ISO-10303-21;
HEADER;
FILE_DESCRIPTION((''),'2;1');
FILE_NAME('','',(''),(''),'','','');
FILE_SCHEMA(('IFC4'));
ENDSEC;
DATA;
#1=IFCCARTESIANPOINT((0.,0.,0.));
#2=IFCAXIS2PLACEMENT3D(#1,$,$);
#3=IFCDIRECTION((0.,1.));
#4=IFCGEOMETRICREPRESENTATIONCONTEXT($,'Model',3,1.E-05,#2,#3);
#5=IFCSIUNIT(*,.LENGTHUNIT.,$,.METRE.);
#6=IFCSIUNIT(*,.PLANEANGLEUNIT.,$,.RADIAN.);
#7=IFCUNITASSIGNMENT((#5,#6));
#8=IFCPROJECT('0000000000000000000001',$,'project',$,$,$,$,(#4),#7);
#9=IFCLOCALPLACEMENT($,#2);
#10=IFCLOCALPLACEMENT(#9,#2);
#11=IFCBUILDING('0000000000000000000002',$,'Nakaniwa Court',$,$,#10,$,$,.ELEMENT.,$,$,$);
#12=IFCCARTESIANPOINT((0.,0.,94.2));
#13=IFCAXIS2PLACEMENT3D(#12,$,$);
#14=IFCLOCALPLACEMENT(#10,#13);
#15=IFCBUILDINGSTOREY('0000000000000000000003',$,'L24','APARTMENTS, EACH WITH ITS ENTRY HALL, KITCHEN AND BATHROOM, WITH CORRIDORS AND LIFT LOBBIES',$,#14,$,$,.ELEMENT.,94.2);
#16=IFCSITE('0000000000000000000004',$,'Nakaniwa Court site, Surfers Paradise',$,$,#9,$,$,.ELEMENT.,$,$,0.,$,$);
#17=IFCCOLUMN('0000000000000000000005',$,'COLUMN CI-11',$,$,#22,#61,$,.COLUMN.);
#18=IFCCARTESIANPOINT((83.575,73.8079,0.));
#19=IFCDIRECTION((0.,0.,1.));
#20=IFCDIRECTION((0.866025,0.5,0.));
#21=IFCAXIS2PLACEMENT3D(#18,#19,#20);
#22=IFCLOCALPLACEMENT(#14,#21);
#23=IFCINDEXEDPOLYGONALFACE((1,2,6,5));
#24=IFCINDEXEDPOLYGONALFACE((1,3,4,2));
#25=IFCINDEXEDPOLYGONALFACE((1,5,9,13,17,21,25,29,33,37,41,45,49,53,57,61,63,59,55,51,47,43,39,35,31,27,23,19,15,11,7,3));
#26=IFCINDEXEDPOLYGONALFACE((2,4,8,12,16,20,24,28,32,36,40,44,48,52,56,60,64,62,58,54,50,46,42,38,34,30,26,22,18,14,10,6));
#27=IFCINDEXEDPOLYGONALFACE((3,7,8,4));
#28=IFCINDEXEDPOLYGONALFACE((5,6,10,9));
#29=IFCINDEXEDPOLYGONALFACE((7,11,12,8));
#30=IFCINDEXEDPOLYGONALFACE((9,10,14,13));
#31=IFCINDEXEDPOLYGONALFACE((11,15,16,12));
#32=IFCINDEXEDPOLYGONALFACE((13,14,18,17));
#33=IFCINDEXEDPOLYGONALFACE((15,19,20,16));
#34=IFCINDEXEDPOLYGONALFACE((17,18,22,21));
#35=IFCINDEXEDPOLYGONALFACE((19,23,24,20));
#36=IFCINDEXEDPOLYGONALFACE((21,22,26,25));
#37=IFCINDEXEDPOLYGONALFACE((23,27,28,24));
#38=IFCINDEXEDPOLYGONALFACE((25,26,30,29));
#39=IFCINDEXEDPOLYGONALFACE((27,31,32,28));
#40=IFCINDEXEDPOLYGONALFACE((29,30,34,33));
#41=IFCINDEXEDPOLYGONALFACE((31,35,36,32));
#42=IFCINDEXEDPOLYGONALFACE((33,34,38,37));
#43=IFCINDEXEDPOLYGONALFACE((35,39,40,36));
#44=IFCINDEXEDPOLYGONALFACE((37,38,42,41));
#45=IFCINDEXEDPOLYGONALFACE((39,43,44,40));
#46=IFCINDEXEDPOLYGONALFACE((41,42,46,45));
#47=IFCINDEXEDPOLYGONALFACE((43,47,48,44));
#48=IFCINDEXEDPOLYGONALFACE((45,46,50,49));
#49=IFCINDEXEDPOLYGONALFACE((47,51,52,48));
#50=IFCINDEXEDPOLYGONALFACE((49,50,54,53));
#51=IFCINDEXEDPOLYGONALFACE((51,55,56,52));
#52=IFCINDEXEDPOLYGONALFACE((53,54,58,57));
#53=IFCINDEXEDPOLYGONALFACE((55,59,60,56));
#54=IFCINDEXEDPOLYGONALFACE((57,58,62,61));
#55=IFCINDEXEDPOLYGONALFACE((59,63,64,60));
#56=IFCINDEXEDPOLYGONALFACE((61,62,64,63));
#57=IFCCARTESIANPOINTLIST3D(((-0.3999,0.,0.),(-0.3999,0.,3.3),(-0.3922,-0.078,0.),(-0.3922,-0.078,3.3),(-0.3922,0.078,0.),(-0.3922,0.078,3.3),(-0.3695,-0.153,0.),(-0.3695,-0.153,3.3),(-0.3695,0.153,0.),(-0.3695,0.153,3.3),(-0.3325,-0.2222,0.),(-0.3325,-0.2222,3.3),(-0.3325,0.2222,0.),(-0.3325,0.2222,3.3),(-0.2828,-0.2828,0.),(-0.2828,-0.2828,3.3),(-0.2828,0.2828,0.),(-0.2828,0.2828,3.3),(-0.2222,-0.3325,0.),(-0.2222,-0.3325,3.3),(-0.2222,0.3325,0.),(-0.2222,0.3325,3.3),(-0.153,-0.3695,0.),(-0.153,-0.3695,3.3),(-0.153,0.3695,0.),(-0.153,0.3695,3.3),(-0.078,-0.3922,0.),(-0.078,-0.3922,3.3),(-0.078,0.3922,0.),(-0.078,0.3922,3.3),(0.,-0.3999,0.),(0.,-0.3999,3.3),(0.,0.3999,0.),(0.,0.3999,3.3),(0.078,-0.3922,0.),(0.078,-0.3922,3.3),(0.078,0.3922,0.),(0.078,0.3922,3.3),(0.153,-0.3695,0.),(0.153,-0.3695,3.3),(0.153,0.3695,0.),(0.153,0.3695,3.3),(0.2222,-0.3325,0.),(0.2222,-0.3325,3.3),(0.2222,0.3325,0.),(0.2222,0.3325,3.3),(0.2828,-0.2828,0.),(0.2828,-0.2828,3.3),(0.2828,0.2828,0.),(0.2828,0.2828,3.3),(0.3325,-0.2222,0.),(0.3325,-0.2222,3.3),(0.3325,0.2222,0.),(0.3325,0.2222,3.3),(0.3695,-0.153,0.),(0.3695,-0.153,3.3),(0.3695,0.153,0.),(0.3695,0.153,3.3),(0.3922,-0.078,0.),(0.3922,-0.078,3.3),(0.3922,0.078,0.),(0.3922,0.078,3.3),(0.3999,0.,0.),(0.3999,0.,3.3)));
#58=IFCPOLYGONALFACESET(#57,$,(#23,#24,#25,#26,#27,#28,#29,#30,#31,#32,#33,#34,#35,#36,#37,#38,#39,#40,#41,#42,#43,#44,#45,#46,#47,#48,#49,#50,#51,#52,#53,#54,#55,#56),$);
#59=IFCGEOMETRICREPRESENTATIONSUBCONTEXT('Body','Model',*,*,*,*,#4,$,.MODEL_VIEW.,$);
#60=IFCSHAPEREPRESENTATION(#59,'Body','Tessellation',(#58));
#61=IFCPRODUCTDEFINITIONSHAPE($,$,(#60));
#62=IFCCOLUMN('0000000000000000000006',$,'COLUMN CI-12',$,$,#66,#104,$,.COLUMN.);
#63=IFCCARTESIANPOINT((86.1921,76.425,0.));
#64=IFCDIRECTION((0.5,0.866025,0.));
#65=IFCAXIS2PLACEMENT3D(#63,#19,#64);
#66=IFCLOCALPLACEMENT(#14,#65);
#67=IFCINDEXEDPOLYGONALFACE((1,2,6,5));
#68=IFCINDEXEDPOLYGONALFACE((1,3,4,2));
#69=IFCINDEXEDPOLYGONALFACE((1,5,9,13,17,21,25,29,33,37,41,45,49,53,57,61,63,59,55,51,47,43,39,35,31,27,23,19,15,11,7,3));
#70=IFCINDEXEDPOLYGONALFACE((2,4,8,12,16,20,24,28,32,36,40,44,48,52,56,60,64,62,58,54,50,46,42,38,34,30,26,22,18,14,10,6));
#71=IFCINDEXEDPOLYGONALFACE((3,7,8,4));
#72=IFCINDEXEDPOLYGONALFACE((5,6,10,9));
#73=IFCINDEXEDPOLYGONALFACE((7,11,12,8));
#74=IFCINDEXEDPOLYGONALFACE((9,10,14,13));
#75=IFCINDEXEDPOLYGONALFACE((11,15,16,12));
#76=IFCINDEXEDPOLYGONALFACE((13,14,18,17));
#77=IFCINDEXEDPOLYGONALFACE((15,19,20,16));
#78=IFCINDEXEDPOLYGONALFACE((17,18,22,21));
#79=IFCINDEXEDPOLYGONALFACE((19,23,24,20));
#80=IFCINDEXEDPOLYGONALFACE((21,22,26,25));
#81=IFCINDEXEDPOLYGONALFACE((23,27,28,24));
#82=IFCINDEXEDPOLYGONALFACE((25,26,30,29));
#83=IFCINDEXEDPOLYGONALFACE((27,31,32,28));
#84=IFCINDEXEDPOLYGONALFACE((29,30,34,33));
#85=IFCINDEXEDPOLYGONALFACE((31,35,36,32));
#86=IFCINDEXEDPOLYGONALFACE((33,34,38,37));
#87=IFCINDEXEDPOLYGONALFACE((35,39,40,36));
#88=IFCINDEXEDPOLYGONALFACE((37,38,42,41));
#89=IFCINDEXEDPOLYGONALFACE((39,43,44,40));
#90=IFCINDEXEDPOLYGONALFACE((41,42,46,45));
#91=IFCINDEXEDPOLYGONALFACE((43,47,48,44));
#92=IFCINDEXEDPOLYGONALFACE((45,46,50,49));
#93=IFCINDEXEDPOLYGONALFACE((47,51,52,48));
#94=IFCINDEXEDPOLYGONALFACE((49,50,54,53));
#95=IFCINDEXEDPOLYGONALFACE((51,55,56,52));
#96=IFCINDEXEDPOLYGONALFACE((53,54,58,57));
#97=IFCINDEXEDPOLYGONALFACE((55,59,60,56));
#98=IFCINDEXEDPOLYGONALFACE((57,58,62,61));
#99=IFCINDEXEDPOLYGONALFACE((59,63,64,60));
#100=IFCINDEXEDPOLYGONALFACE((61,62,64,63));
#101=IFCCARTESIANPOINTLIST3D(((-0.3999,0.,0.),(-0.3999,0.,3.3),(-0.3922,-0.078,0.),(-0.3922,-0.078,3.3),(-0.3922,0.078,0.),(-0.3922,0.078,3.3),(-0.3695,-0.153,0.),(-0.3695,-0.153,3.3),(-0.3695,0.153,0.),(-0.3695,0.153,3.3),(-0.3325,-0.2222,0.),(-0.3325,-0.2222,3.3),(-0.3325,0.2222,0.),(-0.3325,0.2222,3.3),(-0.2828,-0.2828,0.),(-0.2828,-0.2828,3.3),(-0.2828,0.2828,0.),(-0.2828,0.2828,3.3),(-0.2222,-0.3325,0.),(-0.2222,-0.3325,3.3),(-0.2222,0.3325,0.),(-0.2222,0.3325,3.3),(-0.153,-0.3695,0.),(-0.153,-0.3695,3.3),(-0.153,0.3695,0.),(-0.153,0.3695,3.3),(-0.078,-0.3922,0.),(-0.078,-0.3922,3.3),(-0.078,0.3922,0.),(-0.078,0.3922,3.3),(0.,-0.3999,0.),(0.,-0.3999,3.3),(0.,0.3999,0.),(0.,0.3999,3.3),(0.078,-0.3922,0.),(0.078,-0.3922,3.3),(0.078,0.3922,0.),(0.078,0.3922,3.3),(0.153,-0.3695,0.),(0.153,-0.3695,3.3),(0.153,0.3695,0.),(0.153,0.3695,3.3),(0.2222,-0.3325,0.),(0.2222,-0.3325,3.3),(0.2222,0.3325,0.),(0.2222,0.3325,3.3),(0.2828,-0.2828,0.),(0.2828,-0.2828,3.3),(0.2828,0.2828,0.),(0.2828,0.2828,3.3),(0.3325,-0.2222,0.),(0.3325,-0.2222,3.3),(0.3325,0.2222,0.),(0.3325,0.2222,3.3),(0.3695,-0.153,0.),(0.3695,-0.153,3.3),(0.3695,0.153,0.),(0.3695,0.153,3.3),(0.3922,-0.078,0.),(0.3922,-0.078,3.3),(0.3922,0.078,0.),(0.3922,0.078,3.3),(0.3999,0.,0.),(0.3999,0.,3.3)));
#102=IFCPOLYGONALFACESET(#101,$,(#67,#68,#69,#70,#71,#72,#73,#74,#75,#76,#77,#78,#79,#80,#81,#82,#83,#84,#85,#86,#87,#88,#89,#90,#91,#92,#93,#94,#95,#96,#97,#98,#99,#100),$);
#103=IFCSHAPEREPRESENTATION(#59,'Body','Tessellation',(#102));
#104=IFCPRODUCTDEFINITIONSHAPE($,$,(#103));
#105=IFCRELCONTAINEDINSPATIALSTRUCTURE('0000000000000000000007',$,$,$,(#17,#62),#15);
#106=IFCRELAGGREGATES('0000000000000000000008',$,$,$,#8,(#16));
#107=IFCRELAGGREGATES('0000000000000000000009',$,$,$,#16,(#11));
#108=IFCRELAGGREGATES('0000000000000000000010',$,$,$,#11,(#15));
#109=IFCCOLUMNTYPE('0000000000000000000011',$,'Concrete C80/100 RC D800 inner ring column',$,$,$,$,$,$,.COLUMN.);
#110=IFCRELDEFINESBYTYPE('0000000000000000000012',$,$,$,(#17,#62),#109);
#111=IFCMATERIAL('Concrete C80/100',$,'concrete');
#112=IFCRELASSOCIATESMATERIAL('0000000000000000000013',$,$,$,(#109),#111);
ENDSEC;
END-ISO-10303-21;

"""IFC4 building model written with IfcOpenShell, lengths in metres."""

from ifc_helpers import new_model, si_unit, direction, frame, origin, origin_2d, place, context, subcontext, project, spatial, circle, extrude, material, material_profile, profile_set, type_object, element, save


model = new_model("IFC4")

# Units and contexts
model_context = context("Model", 3, precision=1e-05, world=origin(), true_north=direction((0.0, 1.0)))
body_context = subcontext(model_context, "Body", "Model", "MODEL_VIEW")
ifc_project = project(units=[si_unit("LENGTHUNIT", "METRE"), si_unit("PLANEANGLEUNIT", "RADIAN")], contexts=[model_context])

# Site, building, storey
site_placement = place(None, origin())
site = spatial("IfcSite", under=ifc_project, at=site_placement, Name="Nakaniwa Court site, Surfers Paradise", CompositionType="ELEMENT", RefElevation=0.0)
building_placement = place(site_placement, origin())
building = spatial("IfcBuilding", under=site, at=building_placement, Name="Nakaniwa Court", CompositionType="ELEMENT")
storey_placement = place(building_placement, frame((0.0, 0.0, 94.2)))
storey = spatial("IfcBuildingStorey", under=building, at=storey_placement, Name="L24", Description="APARTMENTS, EACH WITH ITS ENTRY HALL, KITCHEN AND BATHROOM, WITH CORRIDORS AND LIFT LOBBIES", CompositionType="ELEMENT", Elevation=94.2)

# Columns
ifc_material_1 = material(Name="Concrete C80/100", Category="concrete")
ifc_material_profile_1 = material_profile(ifc_material_1, circle(Radius=0.3999, at=origin_2d()), Name="Concrete C80/100 RC D800 inner ring column")
ifc_profile_set_1 = profile_set([ifc_material_profile_1], Name="Concrete C80/100")
column_type = type_object("IfcColumnType", Name="Concrete C80/100 RC D800 inner ring column", PredefinedType="COLUMN", material=ifc_profile_set_1)
for number, where, z_axis, x_axis, name in (
    (1, (83.575, 73.8079, 0.0), (0.0, 0.0, 1.0), (0.866025, 0.5, 0.0), "COLUMN CI-11"),
    (2, (86.1921, 76.425, 0.0), (0.0, 0.0, 1.0), (0.5, 0.866025, 0.0), "COLUMN CI-12"),
):
    element("IfcColumn", number, at=place(storey_placement, frame(where, z_axis=z_axis, x_axis=x_axis)), inside=storey, type_object=column_type, Name=name, PredefinedType="COLUMN", context=body_context, shape_type="SweptSolid", body=[
        extrude(circle(Radius=0.3999, at=origin_2d()), origin(), (0.0, 0.0, 1.0), 3.3),
    ])

save(model, "model.ifc")
